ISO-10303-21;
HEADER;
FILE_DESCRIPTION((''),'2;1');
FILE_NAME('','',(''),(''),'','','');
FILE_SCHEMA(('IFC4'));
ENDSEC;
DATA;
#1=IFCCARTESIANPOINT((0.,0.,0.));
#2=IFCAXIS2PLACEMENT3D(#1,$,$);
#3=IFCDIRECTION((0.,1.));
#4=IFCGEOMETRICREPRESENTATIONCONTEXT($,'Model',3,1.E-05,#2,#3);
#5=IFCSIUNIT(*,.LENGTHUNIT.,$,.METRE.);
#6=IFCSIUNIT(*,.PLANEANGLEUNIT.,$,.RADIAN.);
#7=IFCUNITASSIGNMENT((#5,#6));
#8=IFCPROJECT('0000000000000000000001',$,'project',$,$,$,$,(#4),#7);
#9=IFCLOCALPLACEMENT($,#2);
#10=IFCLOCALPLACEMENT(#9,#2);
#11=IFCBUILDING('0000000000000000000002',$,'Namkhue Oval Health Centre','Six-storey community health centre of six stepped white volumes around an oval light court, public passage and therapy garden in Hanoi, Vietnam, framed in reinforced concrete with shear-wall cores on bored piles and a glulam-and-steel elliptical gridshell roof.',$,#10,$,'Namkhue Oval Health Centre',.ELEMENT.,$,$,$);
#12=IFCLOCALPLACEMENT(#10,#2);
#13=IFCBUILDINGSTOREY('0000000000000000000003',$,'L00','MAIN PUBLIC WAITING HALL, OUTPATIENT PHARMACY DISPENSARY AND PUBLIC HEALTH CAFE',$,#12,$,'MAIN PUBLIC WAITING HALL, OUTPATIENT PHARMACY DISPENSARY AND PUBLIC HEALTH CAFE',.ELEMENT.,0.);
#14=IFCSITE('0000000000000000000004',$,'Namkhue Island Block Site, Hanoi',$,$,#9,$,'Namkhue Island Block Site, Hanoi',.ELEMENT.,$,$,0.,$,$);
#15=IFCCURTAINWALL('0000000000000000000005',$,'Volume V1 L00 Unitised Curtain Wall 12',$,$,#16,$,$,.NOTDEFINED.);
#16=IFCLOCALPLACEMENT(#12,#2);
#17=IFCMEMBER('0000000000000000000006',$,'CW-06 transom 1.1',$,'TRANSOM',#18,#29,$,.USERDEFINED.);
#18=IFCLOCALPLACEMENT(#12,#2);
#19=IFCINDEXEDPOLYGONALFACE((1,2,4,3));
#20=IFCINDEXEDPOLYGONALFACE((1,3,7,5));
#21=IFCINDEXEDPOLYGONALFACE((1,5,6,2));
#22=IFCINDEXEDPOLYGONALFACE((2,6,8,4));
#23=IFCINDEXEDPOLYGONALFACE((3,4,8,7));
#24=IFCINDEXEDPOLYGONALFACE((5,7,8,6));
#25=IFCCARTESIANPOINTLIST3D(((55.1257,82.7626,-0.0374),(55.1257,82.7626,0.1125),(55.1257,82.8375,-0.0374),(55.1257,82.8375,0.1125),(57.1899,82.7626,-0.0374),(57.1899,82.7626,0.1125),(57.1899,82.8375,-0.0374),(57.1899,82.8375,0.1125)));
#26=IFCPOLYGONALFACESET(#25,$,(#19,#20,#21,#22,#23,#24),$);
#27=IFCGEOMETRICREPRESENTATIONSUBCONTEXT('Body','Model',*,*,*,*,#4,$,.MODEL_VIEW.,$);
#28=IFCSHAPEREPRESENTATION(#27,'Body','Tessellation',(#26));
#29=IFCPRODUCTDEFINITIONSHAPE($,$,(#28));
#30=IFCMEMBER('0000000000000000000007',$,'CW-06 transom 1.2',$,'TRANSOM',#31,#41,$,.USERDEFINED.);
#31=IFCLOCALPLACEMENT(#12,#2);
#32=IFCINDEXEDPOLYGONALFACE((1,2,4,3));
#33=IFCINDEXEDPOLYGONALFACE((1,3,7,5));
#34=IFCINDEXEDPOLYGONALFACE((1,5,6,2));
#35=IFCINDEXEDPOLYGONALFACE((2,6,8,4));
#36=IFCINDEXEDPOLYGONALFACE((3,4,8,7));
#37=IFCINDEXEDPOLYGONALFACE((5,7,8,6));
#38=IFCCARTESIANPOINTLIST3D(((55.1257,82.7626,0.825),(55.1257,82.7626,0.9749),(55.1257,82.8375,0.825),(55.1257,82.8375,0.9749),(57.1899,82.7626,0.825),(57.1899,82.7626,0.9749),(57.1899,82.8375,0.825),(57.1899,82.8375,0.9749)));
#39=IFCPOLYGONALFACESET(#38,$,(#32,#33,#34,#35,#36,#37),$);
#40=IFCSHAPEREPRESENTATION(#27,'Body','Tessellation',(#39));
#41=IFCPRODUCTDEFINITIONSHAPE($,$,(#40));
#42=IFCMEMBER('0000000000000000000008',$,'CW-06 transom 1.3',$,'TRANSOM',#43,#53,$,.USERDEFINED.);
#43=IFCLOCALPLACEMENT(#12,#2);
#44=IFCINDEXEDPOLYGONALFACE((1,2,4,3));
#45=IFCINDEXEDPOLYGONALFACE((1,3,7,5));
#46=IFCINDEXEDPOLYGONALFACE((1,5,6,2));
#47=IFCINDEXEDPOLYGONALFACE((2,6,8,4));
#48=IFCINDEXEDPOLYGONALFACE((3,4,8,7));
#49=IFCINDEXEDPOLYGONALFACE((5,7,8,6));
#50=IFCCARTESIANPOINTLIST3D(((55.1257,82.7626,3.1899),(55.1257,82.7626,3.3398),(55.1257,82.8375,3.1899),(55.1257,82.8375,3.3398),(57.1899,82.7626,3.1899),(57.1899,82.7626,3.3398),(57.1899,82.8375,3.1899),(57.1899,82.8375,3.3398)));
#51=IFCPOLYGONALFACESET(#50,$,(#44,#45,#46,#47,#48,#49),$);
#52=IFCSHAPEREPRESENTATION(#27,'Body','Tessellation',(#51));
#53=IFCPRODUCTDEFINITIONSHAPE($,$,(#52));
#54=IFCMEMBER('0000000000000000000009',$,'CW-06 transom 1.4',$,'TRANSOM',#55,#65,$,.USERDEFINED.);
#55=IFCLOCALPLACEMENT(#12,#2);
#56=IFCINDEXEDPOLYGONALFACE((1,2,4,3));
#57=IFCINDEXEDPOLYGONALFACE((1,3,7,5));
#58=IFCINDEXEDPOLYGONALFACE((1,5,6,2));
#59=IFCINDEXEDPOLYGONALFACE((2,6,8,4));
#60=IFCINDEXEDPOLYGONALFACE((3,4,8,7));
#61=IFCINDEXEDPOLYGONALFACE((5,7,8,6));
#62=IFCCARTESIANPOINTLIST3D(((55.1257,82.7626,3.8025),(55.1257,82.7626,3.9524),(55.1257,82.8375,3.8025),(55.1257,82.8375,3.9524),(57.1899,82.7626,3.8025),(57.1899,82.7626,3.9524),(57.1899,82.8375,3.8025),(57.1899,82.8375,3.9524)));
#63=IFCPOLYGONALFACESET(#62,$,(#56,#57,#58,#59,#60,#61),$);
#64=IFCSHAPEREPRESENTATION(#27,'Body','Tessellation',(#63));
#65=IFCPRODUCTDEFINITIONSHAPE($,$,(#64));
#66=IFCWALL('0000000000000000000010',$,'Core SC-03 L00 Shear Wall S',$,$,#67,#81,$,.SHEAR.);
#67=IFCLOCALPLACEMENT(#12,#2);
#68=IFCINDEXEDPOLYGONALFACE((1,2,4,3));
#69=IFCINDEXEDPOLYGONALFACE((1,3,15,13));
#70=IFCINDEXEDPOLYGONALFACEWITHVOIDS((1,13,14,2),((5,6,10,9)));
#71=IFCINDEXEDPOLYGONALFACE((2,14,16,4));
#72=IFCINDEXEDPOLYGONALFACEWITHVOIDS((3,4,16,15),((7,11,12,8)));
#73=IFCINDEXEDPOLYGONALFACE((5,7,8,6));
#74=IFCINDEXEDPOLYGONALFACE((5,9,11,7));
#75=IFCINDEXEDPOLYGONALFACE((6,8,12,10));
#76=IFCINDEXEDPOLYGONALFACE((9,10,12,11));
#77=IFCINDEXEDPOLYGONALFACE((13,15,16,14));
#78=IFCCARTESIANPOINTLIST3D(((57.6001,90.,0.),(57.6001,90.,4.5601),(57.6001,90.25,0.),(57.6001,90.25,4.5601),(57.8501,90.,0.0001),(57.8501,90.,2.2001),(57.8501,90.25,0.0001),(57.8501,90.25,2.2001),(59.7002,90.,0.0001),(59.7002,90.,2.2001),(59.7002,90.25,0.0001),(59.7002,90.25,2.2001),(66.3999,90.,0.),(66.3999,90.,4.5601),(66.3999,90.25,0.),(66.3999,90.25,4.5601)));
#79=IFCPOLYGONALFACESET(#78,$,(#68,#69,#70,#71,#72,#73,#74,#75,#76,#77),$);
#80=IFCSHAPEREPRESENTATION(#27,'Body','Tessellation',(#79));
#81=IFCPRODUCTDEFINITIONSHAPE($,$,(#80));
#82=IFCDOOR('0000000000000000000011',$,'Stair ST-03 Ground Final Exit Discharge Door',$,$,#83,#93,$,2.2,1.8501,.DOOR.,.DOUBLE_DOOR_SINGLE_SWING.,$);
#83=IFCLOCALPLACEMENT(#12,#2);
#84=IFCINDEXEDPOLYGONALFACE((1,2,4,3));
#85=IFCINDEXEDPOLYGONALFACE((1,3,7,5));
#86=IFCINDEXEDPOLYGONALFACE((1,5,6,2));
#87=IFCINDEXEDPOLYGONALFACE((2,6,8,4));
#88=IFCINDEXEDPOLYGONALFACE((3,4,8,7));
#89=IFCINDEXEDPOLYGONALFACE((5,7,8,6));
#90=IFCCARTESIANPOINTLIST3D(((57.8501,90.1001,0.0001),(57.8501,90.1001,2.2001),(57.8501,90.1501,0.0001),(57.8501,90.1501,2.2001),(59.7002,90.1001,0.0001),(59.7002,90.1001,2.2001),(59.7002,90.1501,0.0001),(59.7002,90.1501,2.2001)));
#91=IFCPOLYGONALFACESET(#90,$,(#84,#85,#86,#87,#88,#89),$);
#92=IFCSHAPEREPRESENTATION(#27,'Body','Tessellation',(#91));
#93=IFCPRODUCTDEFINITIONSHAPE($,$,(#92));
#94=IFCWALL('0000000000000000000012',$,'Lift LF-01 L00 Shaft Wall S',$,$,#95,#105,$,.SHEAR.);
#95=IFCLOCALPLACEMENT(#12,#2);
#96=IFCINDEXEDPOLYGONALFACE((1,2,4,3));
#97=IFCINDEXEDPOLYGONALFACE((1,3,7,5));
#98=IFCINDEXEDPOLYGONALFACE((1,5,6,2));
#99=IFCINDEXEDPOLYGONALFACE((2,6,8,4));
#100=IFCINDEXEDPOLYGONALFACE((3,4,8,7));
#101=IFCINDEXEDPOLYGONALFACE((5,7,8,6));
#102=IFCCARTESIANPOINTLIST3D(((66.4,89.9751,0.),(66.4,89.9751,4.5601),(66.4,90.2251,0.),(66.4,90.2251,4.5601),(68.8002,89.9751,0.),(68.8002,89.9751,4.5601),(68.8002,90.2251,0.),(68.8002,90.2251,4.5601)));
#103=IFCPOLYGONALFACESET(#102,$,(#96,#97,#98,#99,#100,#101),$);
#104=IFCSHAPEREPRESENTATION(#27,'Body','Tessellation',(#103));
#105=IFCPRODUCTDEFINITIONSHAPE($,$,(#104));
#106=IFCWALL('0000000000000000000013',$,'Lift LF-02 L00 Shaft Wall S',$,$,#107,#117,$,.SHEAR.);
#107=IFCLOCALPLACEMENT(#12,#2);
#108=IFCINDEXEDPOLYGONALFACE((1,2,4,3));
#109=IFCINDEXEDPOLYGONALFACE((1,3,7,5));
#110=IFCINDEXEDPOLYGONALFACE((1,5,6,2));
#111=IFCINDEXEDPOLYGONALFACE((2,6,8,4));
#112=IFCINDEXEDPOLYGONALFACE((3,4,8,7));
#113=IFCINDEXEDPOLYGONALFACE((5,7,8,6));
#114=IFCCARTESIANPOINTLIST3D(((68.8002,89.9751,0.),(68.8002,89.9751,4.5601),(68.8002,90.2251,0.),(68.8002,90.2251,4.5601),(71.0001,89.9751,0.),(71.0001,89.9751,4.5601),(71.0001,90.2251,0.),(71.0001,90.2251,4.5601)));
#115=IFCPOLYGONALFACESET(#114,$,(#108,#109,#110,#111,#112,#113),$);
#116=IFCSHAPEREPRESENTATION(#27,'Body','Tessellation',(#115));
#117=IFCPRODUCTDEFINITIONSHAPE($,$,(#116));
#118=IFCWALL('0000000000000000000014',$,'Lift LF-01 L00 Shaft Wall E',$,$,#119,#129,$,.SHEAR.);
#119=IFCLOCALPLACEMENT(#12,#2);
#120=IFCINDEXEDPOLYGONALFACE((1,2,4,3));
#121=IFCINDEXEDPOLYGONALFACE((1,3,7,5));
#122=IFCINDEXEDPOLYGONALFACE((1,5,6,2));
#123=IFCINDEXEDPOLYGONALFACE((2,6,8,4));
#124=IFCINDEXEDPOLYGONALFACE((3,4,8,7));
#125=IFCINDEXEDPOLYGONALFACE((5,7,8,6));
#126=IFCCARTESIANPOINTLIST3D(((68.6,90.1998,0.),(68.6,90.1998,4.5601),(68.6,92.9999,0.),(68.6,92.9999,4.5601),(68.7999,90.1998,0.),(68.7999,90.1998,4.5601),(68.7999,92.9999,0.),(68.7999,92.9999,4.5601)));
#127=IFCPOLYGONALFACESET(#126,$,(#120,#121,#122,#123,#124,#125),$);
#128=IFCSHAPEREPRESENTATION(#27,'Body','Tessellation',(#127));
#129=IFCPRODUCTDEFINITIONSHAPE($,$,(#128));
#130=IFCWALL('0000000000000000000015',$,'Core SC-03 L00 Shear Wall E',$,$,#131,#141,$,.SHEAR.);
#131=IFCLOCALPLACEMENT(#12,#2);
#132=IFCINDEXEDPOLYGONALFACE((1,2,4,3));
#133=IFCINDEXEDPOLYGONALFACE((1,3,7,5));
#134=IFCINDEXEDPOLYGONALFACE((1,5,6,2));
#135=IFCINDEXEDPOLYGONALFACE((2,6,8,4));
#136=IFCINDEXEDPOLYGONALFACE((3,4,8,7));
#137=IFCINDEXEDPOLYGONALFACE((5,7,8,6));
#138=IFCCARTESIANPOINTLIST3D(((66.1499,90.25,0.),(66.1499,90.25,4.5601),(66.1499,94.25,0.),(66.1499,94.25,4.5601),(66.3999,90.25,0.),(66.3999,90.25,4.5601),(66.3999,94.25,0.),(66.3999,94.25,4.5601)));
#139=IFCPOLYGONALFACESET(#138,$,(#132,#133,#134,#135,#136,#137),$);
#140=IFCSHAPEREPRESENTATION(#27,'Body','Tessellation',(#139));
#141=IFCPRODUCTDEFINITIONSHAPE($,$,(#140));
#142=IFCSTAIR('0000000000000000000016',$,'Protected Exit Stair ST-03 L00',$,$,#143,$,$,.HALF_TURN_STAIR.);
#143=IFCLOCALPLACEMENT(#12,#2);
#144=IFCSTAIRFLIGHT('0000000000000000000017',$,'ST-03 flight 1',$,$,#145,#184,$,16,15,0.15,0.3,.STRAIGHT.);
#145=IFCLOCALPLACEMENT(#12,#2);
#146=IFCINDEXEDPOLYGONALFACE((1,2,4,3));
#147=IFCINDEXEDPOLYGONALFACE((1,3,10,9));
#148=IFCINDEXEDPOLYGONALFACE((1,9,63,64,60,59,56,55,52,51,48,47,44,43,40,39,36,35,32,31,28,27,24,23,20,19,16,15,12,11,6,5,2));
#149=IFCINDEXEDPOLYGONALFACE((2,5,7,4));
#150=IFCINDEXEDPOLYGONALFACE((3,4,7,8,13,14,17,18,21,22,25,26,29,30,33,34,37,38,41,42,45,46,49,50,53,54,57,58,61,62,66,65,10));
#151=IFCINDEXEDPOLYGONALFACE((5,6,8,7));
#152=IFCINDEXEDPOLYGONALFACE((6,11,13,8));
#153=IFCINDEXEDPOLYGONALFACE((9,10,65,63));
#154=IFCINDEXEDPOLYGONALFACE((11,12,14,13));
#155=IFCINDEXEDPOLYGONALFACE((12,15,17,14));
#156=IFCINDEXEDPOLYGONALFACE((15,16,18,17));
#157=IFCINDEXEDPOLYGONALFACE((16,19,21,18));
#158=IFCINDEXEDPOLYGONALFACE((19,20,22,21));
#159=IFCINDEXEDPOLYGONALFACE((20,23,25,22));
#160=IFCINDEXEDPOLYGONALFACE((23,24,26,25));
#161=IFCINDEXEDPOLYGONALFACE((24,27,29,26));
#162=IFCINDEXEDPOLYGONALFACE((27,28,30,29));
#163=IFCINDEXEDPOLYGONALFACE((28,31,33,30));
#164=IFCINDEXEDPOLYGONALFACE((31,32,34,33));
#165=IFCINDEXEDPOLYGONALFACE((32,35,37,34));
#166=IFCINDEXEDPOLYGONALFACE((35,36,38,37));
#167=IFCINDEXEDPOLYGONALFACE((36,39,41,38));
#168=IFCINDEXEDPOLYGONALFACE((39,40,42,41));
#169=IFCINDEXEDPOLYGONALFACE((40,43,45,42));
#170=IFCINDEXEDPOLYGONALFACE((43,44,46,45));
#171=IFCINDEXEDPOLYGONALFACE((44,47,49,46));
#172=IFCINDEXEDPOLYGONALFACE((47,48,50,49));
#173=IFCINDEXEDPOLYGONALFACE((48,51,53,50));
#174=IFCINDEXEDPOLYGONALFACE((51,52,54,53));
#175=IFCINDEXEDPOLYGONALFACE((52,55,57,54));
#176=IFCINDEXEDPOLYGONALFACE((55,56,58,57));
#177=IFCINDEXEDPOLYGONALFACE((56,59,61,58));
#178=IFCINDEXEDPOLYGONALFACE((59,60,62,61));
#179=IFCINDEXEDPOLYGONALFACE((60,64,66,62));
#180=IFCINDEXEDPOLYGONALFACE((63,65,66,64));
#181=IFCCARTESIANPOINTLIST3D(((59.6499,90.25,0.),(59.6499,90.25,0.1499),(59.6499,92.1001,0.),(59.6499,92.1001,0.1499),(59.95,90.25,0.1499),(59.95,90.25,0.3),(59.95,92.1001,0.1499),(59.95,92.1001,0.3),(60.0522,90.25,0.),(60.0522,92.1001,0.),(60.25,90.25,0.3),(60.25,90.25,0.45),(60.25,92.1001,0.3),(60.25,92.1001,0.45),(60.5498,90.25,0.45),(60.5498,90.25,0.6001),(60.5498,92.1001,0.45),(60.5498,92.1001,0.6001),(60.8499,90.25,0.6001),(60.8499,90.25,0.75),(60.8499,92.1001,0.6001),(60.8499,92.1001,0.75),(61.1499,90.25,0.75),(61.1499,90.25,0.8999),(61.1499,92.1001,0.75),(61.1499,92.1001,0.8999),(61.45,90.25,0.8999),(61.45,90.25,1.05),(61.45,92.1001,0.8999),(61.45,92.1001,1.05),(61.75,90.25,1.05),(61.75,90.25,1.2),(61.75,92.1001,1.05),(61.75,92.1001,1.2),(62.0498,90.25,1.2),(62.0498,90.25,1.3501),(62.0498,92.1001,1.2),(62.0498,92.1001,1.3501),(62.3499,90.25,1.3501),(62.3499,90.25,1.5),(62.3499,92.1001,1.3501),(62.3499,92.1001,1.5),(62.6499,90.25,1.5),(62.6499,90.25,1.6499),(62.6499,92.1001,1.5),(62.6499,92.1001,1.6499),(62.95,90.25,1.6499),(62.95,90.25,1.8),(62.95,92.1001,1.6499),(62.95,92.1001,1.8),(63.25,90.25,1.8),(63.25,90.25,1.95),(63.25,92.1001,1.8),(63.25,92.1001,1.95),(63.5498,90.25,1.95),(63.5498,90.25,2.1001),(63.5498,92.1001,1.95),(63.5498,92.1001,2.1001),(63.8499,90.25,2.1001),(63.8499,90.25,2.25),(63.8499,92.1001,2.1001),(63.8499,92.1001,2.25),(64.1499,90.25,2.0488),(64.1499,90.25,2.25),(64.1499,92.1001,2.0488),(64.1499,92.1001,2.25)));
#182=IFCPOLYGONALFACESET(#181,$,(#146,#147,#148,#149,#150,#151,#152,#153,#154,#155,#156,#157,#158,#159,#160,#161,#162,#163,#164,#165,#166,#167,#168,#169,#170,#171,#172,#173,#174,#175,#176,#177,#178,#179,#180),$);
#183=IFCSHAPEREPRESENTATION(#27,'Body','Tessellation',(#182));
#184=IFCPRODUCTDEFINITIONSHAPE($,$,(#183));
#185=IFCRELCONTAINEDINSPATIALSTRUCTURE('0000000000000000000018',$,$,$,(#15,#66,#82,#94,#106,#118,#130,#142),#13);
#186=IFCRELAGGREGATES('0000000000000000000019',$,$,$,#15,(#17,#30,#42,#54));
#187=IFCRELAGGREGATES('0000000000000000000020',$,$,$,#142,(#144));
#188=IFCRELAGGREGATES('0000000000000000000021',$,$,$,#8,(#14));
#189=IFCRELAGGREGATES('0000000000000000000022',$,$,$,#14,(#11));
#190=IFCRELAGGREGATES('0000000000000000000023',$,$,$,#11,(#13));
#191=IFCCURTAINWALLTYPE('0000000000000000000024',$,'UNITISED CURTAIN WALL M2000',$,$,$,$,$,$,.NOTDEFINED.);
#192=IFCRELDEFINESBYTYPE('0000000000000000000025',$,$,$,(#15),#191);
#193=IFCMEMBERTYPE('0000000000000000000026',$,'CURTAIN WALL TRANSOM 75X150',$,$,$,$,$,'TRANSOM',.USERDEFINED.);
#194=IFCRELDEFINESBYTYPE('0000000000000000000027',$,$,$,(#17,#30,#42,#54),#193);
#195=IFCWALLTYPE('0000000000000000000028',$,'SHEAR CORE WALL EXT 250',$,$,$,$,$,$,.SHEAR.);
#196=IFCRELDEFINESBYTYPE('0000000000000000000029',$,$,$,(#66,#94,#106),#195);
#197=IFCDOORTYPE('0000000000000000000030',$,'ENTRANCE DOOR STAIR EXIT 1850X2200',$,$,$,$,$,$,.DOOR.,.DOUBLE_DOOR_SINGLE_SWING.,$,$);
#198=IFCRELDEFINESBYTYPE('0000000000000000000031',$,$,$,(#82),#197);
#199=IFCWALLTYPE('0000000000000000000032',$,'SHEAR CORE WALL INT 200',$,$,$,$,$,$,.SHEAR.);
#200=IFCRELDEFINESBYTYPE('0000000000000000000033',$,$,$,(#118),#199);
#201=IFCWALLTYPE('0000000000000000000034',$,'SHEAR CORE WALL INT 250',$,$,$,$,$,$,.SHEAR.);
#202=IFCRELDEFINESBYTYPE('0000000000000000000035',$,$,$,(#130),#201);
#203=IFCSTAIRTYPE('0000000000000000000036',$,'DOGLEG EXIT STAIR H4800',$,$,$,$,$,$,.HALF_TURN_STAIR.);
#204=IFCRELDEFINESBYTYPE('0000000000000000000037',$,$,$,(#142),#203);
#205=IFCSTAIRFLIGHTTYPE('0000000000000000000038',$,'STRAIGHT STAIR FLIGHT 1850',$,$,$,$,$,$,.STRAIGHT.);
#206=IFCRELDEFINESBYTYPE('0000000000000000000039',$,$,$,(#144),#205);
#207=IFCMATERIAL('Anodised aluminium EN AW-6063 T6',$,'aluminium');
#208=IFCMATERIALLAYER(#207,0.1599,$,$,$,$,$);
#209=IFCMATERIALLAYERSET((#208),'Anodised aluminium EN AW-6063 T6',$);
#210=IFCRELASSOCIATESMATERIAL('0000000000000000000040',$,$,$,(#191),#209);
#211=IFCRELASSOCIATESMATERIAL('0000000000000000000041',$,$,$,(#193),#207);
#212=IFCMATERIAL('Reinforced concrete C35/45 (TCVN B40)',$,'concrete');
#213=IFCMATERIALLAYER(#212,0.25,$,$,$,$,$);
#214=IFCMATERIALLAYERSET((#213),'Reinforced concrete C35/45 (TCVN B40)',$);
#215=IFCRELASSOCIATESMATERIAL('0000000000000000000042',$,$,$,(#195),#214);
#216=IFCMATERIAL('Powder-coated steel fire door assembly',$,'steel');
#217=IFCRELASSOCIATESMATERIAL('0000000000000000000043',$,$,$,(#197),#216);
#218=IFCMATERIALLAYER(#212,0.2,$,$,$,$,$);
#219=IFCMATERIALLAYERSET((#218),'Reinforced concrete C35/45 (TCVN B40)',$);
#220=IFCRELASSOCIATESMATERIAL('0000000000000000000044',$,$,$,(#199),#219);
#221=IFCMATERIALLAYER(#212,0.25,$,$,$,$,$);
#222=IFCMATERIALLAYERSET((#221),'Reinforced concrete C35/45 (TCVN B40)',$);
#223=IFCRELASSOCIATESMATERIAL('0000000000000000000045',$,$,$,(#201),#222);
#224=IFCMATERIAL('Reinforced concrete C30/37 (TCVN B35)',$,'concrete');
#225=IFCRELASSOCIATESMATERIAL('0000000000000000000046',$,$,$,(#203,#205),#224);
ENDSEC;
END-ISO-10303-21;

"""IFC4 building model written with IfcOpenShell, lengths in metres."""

from ifc_helpers import new_model, si_unit, direction, frame, frame_2d, origin, origin_2d, place, context, subcontext, project, spatial, polyline, rectangle, outline, extrude, material, layer, layer_set, material_profile, profile_set, type_object, element, fill, aggregate, save


model = new_model("IFC4")

# Units and contexts
model_context = context("Model", 3, precision=1e-05, world=origin(), true_north=direction((0.0, 1.0)))
body_context = subcontext(model_context, "Body", "Model", "MODEL_VIEW")
ifc_project = project(units=[si_unit("LENGTHUNIT", "METRE"), si_unit("PLANEANGLEUNIT", "RADIAN")], contexts=[model_context])

# Site, building, storey
site_placement = place(None, origin())
site = spatial("IfcSite", under=ifc_project, at=site_placement, Name="Namkhue Island Block Site, Hanoi", LongName="Namkhue Island Block Site, Hanoi", CompositionType="ELEMENT", RefElevation=0.0)
building_placement = place(site_placement, origin())
building = spatial("IfcBuilding", under=site, at=building_placement, Name="Namkhue Oval Health Centre", Description="Six-storey community health centre of six stepped white volumes around an oval light court, public passage and therapy garden in Hanoi, Vietnam, framed in reinforced concrete with shear-wall cores on bored piles and a glulam-and-steel elliptical gridshell roof.", LongName="Namkhue Oval Health Centre", CompositionType="ELEMENT")
storey_placement = place(building_placement, origin())
storey = spatial("IfcBuildingStorey", under=building, at=storey_placement, Name="L00", Description="MAIN PUBLIC WAITING HALL, OUTPATIENT PHARMACY DISPENSARY AND PUBLIC HEALTH CAFE", LongName="MAIN PUBLIC WAITING HALL, OUTPATIENT PHARMACY DISPENSARY AND PUBLIC HEALTH CAFE", CompositionType="ELEMENT", Elevation=0.0)

# Shared definitions
ifc_material_1 = material(Name="Reinforced concrete C30/37 (TCVN B35)", Category="concrete")

# Shared definitions
ifc_material_2 = material(Name="Reinforced concrete C35/45 (TCVN B40)", Category="concrete")

# Curtain wall, members
ifc_material_3 = material(Name="Anodised aluminium EN AW-6063 T6", Category="aluminium")
ifc_layer_1 = layer(ifc_material_3, 0.1599)
ifc_layer_set_1 = layer_set([ifc_layer_1], Name="Anodised aluminium EN AW-6063 T6")
curtain_wall_type = type_object("IfcCurtainWallType", Name="UNITISED CURTAIN WALL M2000", PredefinedType="NOTDEFINED", material=ifc_layer_set_1)
curtain_wall_placement = place(storey_placement, origin())
curtain_wall = element("IfcCurtainWall", 1, at=curtain_wall_placement, inside=storey, type_object=curtain_wall_type, Name="Volume V1 L00 Unitised Curtain Wall 12", PredefinedType="NOTDEFINED")
ifc_material_profile_1 = material_profile(ifc_material_3, rectangle(XDim=0.075, YDim=0.1499, at=origin_2d()), Name="ALU 75x150")
ifc_profile_set_1 = profile_set([ifc_material_profile_1], Name="Anodised aluminium EN AW-6063 T6")
member_type_1 = type_object("IfcMemberType", Name="CURTAIN WALL TRANSOM 75X150", ElementType="TRANSOM", PredefinedType="USERDEFINED", material=ifc_profile_set_1)
member_1_placement = place(storey_placement, frame((57.1899, 82.8, 0.0376), z_axis=(-1.0, 0.0, 0.0), x_axis=(0.0, -1.0, 0.0)))
member_1 = element("IfcMember", 2, at=member_1_placement, type_object=member_type_1, Name="CW-06 transom 1.1", ObjectType="TRANSOM", PredefinedType="USERDEFINED", context=body_context, shape_type="SweptSolid", body=[
    extrude(rectangle(XDim=0.075, YDim=0.1499, at=origin_2d()), origin(), (0.0, 0.0, 1.0), 2.0642),
])
member_2_placement = place(storey_placement, frame((57.1899, 82.8, 0.8999), z_axis=(-1.0, 0.0, 0.0), x_axis=(0.0, -1.0, 0.0)))
member_2 = element("IfcMember", 3, at=member_2_placement, type_object=member_type_1, Name="CW-06 transom 1.2", ObjectType="TRANSOM", PredefinedType="USERDEFINED", context=body_context, shape_type="SweptSolid", body=[
    extrude(rectangle(XDim=0.075, YDim=0.1499, at=origin_2d()), origin(), (0.0, 0.0, 1.0), 2.0642),
])
member_3_placement = place(storey_placement, frame((57.1899, 82.8, 3.2649), z_axis=(-1.0, 0.0, 0.0), x_axis=(0.0, -1.0, 0.0)))
member_3 = element("IfcMember", 4, at=member_3_placement, type_object=member_type_1, Name="CW-06 transom 1.3", ObjectType="TRANSOM", PredefinedType="USERDEFINED", context=body_context, shape_type="SweptSolid", body=[
    extrude(rectangle(XDim=0.075, YDim=0.1499, at=origin_2d()), origin(), (0.0, 0.0, 1.0), 2.0642),
])
member_4_placement = place(storey_placement, frame((57.1899, 82.8, 3.8774), z_axis=(-1.0, 0.0, 0.0), x_axis=(0.0, -1.0, 0.0)))
member_4 = element("IfcMember", 5, at=member_4_placement, type_object=member_type_1, Name="CW-06 transom 1.4", ObjectType="TRANSOM", PredefinedType="USERDEFINED", context=body_context, shape_type="SweptSolid", body=[
    extrude(rectangle(XDim=0.075, YDim=0.1499, at=origin_2d()), origin(), (0.0, 0.0, 1.0), 2.0642),
])
aggregate(curtain_wall, [member_1, member_2, member_3, member_4])

# Wall, opening, door
ifc_layer_2 = layer(ifc_material_2, 0.25)
ifc_layer_set_2 = layer_set([ifc_layer_2], Name="Reinforced concrete C35/45 (TCVN B40)")
wall_type_1 = type_object("IfcWallType", Name="SHEAR CORE WALL EXT 250", PredefinedType="SHEAR", material=ifc_layer_set_2)
wall_1_placement = place(storey_placement, frame((57.6001, 90.125, 0.0), z_axis=(0.0, 0.0, 1.0), x_axis=(1.0, 0.0, 0.0)))
wall_1 = element("IfcWall", 6, at=wall_1_placement, inside=storey, type_object=wall_type_1, Name="Core SC-03 L00 Shear Wall S", PredefinedType="SHEAR", context=body_context, shape_type="SweptSolid", body=[
    extrude(rectangle(XDim=8.7998, YDim=0.25, at=frame_2d((4.3999, 0.0))), origin(), (0.0, 0.0, 1.0), 4.5601),
])
opening_placement = place(wall_1_placement, frame((0.25, 0.0, 0.0)))
opening = element("IfcOpeningElement", 7, at=opening_placement, cuts=wall_1, PredefinedType="OPENING", context=body_context, shape_type="SweptSolid", body=[
    extrude(rectangle(XDim=1.8501, YDim=2.2, at=frame_2d((0.925, 1.1001))), frame((0.0, 0.135, 0.0), z_axis=(0.0, -1.0, 0.0), x_axis=(1.0, 0.0, 0.0)), (0.0, 0.0, 1.0), 0.27),
])
ifc_material_4 = material(Name="Powder-coated steel fire door assembly", Category="steel")
door_type = type_object("IfcDoorType", Name="ENTRANCE DOOR STAIR EXIT 1850X2200", OperationType="DOUBLE_DOOR_SINGLE_SWING", PredefinedType="DOOR", material=ifc_material_4)
door_placement = place(opening_placement, frame((1.8501, 0.0, 0.0), z_axis=(0.0, 0.0, 1.0), x_axis=(-1.0, 0.0, 0.0)))
door = element("IfcDoor", 8, at=door_placement, inside=storey, type_object=door_type, Name="Stair ST-03 Ground Final Exit Discharge Door", OperationType="DOUBLE_DOOR_SINGLE_SWING", OverallHeight=2.2, OverallWidth=1.8501, PredefinedType="DOOR", context=body_context, shape_type="SweptSolid", body=[
    extrude(rectangle(XDim=1.8501, YDim=2.2, at=frame_2d((0.925, 1.1001))), frame((0.0, 0.0249, 0.0), z_axis=(0.0, -1.0, 0.0), x_axis=(1.0, 0.0, 0.0)), (0.0, 0.0, 1.0), 0.05),
])
fill(opening, door)

# Walls
wall_2_placement = place(storey_placement, frame((66.3999, 90.1001, 0.0), z_axis=(0.0, 0.0, 1.0), x_axis=(1.0, 0.0, 0.0)))
element("IfcWall", 9, at=wall_2_placement, inside=storey, type_object=wall_type_1, Name="Lift LF-01 L00 Shaft Wall S", PredefinedType="SHEAR", context=body_context, shape_type="SweptSolid", body=[
    extrude(rectangle(XDim=2.4001, YDim=0.25, at=frame_2d((1.2002, 0.0))), origin(), (0.0, 0.0, 1.0), 4.5601),
])
wall_3_placement = place(storey_placement, frame((68.8, 90.1001, 0.0), z_axis=(0.0, 0.0, 1.0), x_axis=(1.0, 0.0, 0.0)))
element("IfcWall", 10, at=wall_3_placement, inside=storey, type_object=wall_type_1, Name="Lift LF-02 L00 Shaft Wall S", PredefinedType="SHEAR", context=body_context, shape_type="SweptSolid", body=[
    extrude(rectangle(XDim=2.2, YDim=0.25, at=frame_2d((1.1001, 0.0))), origin(), (0.0, 0.0, 1.0), 4.5601),
])
ifc_layer_3 = layer(ifc_material_2, 0.2)
ifc_layer_set_3 = layer_set([ifc_layer_3], Name="Reinforced concrete C35/45 (TCVN B40)")
wall_type_2 = type_object("IfcWallType", Name="SHEAR CORE WALL INT 200", PredefinedType="SHEAR", material=ifc_layer_set_3)
wall_4_placement = place(storey_placement, frame((68.7, 90.2, 0.0), z_axis=(0.0, 0.0, 1.0), x_axis=(0.0, 1.0, 0.0)))
element("IfcWall", 11, at=wall_4_placement, inside=storey, type_object=wall_type_2, Name="Lift LF-01 L00 Shaft Wall E", PredefinedType="SHEAR", context=body_context, shape_type="SweptSolid", body=[
    extrude(rectangle(XDim=2.8, YDim=0.2, at=frame_2d((1.3999, 0.0))), origin(), (0.0, 0.0, 1.0), 4.5601),
])
ifc_layer_4 = layer(ifc_material_2, 0.25)
ifc_layer_set_4 = layer_set([ifc_layer_4], Name="Reinforced concrete C35/45 (TCVN B40)")
wall_type_3 = type_object("IfcWallType", Name="SHEAR CORE WALL INT 250", PredefinedType="SHEAR", material=ifc_layer_set_4)
wall_5_placement = place(storey_placement, frame((66.2749, 90.25, 0.0), z_axis=(0.0, 0.0, 1.0), x_axis=(0.0, 1.0, 0.0)))
element("IfcWall", 12, at=wall_5_placement, inside=storey, type_object=wall_type_3, Name="Core SC-03 L00 Shear Wall E", PredefinedType="SHEAR", context=body_context, shape_type="SweptSolid", body=[
    extrude(rectangle(XDim=4.0, YDim=0.25, at=frame_2d((2.0, 0.0))), origin(), (0.0, 0.0, 1.0), 4.5601),
])

# Stair, stair flight
stair_type = type_object("IfcStairType", Name="DOGLEG EXIT STAIR H4800", PredefinedType="HALF_TURN_STAIR", material=ifc_material_1)
stair_placement = place(storey_placement, origin())
stair = element("IfcStair", 13, at=stair_placement, inside=storey, type_object=stair_type, Name="Protected Exit Stair ST-03 L00", PredefinedType="HALF_TURN_STAIR")
stair_flight_type = type_object("IfcStairFlightType", Name="STRAIGHT STAIR FLIGHT 1850", PredefinedType="STRAIGHT", material=ifc_material_1)
stair_flight_placement = place(storey_placement, frame((59.6499, 91.175, 0.0), z_axis=(0.0, 0.0, 1.0), x_axis=(1.0, 0.0, 0.0)))
stair_flight = element("IfcStairFlight", 14, at=stair_flight_placement, type_object=stair_flight_type, Name="ST-03 flight 1", NumberOfRisers=16, NumberOfTreads=15, PredefinedType="STRAIGHT", RiserHeight=0.15, TreadLength=0.3, context=body_context, shape_type="SweptSolid", body=[
    extrude(outline(polyline([(0.0, 0.0), (0.0, 0.1499), (0.3, 0.1499), (0.3, 0.3), (0.6001, 0.3), (0.6001, 0.45), (0.8999, 0.45), (0.8999, 0.6001), (1.2, 0.6001), (1.2, 0.75), (1.5, 0.75), (1.5, 0.8999), (1.8, 0.8999), (1.8, 1.05), (2.1001, 1.05), (2.1001, 1.2), (2.3999, 1.2), (2.3999, 1.3501), (2.7, 1.3501), (2.7, 1.5), (3.0, 1.5), (3.0, 1.6499), (3.3, 1.6499), (3.3, 1.8), (3.6001, 1.8), (3.6001, 1.95), (3.8999, 1.95), (3.8999, 2.1001), (4.2, 2.1001), (4.2, 2.25), (4.5, 2.25), (4.5, 2.3999), (4.5, 2.0488), (0.4023, 0.0), (0.0, 0.0)])), frame((0.0, 0.925, 0.0), z_axis=(0.0, -1.0, 0.0), x_axis=(1.0, 0.0, 0.0)), (0.0, 0.0, 1.0), 1.8501),
])
aggregate(stair, [stair_flight])

save(model, "model.ifc")
